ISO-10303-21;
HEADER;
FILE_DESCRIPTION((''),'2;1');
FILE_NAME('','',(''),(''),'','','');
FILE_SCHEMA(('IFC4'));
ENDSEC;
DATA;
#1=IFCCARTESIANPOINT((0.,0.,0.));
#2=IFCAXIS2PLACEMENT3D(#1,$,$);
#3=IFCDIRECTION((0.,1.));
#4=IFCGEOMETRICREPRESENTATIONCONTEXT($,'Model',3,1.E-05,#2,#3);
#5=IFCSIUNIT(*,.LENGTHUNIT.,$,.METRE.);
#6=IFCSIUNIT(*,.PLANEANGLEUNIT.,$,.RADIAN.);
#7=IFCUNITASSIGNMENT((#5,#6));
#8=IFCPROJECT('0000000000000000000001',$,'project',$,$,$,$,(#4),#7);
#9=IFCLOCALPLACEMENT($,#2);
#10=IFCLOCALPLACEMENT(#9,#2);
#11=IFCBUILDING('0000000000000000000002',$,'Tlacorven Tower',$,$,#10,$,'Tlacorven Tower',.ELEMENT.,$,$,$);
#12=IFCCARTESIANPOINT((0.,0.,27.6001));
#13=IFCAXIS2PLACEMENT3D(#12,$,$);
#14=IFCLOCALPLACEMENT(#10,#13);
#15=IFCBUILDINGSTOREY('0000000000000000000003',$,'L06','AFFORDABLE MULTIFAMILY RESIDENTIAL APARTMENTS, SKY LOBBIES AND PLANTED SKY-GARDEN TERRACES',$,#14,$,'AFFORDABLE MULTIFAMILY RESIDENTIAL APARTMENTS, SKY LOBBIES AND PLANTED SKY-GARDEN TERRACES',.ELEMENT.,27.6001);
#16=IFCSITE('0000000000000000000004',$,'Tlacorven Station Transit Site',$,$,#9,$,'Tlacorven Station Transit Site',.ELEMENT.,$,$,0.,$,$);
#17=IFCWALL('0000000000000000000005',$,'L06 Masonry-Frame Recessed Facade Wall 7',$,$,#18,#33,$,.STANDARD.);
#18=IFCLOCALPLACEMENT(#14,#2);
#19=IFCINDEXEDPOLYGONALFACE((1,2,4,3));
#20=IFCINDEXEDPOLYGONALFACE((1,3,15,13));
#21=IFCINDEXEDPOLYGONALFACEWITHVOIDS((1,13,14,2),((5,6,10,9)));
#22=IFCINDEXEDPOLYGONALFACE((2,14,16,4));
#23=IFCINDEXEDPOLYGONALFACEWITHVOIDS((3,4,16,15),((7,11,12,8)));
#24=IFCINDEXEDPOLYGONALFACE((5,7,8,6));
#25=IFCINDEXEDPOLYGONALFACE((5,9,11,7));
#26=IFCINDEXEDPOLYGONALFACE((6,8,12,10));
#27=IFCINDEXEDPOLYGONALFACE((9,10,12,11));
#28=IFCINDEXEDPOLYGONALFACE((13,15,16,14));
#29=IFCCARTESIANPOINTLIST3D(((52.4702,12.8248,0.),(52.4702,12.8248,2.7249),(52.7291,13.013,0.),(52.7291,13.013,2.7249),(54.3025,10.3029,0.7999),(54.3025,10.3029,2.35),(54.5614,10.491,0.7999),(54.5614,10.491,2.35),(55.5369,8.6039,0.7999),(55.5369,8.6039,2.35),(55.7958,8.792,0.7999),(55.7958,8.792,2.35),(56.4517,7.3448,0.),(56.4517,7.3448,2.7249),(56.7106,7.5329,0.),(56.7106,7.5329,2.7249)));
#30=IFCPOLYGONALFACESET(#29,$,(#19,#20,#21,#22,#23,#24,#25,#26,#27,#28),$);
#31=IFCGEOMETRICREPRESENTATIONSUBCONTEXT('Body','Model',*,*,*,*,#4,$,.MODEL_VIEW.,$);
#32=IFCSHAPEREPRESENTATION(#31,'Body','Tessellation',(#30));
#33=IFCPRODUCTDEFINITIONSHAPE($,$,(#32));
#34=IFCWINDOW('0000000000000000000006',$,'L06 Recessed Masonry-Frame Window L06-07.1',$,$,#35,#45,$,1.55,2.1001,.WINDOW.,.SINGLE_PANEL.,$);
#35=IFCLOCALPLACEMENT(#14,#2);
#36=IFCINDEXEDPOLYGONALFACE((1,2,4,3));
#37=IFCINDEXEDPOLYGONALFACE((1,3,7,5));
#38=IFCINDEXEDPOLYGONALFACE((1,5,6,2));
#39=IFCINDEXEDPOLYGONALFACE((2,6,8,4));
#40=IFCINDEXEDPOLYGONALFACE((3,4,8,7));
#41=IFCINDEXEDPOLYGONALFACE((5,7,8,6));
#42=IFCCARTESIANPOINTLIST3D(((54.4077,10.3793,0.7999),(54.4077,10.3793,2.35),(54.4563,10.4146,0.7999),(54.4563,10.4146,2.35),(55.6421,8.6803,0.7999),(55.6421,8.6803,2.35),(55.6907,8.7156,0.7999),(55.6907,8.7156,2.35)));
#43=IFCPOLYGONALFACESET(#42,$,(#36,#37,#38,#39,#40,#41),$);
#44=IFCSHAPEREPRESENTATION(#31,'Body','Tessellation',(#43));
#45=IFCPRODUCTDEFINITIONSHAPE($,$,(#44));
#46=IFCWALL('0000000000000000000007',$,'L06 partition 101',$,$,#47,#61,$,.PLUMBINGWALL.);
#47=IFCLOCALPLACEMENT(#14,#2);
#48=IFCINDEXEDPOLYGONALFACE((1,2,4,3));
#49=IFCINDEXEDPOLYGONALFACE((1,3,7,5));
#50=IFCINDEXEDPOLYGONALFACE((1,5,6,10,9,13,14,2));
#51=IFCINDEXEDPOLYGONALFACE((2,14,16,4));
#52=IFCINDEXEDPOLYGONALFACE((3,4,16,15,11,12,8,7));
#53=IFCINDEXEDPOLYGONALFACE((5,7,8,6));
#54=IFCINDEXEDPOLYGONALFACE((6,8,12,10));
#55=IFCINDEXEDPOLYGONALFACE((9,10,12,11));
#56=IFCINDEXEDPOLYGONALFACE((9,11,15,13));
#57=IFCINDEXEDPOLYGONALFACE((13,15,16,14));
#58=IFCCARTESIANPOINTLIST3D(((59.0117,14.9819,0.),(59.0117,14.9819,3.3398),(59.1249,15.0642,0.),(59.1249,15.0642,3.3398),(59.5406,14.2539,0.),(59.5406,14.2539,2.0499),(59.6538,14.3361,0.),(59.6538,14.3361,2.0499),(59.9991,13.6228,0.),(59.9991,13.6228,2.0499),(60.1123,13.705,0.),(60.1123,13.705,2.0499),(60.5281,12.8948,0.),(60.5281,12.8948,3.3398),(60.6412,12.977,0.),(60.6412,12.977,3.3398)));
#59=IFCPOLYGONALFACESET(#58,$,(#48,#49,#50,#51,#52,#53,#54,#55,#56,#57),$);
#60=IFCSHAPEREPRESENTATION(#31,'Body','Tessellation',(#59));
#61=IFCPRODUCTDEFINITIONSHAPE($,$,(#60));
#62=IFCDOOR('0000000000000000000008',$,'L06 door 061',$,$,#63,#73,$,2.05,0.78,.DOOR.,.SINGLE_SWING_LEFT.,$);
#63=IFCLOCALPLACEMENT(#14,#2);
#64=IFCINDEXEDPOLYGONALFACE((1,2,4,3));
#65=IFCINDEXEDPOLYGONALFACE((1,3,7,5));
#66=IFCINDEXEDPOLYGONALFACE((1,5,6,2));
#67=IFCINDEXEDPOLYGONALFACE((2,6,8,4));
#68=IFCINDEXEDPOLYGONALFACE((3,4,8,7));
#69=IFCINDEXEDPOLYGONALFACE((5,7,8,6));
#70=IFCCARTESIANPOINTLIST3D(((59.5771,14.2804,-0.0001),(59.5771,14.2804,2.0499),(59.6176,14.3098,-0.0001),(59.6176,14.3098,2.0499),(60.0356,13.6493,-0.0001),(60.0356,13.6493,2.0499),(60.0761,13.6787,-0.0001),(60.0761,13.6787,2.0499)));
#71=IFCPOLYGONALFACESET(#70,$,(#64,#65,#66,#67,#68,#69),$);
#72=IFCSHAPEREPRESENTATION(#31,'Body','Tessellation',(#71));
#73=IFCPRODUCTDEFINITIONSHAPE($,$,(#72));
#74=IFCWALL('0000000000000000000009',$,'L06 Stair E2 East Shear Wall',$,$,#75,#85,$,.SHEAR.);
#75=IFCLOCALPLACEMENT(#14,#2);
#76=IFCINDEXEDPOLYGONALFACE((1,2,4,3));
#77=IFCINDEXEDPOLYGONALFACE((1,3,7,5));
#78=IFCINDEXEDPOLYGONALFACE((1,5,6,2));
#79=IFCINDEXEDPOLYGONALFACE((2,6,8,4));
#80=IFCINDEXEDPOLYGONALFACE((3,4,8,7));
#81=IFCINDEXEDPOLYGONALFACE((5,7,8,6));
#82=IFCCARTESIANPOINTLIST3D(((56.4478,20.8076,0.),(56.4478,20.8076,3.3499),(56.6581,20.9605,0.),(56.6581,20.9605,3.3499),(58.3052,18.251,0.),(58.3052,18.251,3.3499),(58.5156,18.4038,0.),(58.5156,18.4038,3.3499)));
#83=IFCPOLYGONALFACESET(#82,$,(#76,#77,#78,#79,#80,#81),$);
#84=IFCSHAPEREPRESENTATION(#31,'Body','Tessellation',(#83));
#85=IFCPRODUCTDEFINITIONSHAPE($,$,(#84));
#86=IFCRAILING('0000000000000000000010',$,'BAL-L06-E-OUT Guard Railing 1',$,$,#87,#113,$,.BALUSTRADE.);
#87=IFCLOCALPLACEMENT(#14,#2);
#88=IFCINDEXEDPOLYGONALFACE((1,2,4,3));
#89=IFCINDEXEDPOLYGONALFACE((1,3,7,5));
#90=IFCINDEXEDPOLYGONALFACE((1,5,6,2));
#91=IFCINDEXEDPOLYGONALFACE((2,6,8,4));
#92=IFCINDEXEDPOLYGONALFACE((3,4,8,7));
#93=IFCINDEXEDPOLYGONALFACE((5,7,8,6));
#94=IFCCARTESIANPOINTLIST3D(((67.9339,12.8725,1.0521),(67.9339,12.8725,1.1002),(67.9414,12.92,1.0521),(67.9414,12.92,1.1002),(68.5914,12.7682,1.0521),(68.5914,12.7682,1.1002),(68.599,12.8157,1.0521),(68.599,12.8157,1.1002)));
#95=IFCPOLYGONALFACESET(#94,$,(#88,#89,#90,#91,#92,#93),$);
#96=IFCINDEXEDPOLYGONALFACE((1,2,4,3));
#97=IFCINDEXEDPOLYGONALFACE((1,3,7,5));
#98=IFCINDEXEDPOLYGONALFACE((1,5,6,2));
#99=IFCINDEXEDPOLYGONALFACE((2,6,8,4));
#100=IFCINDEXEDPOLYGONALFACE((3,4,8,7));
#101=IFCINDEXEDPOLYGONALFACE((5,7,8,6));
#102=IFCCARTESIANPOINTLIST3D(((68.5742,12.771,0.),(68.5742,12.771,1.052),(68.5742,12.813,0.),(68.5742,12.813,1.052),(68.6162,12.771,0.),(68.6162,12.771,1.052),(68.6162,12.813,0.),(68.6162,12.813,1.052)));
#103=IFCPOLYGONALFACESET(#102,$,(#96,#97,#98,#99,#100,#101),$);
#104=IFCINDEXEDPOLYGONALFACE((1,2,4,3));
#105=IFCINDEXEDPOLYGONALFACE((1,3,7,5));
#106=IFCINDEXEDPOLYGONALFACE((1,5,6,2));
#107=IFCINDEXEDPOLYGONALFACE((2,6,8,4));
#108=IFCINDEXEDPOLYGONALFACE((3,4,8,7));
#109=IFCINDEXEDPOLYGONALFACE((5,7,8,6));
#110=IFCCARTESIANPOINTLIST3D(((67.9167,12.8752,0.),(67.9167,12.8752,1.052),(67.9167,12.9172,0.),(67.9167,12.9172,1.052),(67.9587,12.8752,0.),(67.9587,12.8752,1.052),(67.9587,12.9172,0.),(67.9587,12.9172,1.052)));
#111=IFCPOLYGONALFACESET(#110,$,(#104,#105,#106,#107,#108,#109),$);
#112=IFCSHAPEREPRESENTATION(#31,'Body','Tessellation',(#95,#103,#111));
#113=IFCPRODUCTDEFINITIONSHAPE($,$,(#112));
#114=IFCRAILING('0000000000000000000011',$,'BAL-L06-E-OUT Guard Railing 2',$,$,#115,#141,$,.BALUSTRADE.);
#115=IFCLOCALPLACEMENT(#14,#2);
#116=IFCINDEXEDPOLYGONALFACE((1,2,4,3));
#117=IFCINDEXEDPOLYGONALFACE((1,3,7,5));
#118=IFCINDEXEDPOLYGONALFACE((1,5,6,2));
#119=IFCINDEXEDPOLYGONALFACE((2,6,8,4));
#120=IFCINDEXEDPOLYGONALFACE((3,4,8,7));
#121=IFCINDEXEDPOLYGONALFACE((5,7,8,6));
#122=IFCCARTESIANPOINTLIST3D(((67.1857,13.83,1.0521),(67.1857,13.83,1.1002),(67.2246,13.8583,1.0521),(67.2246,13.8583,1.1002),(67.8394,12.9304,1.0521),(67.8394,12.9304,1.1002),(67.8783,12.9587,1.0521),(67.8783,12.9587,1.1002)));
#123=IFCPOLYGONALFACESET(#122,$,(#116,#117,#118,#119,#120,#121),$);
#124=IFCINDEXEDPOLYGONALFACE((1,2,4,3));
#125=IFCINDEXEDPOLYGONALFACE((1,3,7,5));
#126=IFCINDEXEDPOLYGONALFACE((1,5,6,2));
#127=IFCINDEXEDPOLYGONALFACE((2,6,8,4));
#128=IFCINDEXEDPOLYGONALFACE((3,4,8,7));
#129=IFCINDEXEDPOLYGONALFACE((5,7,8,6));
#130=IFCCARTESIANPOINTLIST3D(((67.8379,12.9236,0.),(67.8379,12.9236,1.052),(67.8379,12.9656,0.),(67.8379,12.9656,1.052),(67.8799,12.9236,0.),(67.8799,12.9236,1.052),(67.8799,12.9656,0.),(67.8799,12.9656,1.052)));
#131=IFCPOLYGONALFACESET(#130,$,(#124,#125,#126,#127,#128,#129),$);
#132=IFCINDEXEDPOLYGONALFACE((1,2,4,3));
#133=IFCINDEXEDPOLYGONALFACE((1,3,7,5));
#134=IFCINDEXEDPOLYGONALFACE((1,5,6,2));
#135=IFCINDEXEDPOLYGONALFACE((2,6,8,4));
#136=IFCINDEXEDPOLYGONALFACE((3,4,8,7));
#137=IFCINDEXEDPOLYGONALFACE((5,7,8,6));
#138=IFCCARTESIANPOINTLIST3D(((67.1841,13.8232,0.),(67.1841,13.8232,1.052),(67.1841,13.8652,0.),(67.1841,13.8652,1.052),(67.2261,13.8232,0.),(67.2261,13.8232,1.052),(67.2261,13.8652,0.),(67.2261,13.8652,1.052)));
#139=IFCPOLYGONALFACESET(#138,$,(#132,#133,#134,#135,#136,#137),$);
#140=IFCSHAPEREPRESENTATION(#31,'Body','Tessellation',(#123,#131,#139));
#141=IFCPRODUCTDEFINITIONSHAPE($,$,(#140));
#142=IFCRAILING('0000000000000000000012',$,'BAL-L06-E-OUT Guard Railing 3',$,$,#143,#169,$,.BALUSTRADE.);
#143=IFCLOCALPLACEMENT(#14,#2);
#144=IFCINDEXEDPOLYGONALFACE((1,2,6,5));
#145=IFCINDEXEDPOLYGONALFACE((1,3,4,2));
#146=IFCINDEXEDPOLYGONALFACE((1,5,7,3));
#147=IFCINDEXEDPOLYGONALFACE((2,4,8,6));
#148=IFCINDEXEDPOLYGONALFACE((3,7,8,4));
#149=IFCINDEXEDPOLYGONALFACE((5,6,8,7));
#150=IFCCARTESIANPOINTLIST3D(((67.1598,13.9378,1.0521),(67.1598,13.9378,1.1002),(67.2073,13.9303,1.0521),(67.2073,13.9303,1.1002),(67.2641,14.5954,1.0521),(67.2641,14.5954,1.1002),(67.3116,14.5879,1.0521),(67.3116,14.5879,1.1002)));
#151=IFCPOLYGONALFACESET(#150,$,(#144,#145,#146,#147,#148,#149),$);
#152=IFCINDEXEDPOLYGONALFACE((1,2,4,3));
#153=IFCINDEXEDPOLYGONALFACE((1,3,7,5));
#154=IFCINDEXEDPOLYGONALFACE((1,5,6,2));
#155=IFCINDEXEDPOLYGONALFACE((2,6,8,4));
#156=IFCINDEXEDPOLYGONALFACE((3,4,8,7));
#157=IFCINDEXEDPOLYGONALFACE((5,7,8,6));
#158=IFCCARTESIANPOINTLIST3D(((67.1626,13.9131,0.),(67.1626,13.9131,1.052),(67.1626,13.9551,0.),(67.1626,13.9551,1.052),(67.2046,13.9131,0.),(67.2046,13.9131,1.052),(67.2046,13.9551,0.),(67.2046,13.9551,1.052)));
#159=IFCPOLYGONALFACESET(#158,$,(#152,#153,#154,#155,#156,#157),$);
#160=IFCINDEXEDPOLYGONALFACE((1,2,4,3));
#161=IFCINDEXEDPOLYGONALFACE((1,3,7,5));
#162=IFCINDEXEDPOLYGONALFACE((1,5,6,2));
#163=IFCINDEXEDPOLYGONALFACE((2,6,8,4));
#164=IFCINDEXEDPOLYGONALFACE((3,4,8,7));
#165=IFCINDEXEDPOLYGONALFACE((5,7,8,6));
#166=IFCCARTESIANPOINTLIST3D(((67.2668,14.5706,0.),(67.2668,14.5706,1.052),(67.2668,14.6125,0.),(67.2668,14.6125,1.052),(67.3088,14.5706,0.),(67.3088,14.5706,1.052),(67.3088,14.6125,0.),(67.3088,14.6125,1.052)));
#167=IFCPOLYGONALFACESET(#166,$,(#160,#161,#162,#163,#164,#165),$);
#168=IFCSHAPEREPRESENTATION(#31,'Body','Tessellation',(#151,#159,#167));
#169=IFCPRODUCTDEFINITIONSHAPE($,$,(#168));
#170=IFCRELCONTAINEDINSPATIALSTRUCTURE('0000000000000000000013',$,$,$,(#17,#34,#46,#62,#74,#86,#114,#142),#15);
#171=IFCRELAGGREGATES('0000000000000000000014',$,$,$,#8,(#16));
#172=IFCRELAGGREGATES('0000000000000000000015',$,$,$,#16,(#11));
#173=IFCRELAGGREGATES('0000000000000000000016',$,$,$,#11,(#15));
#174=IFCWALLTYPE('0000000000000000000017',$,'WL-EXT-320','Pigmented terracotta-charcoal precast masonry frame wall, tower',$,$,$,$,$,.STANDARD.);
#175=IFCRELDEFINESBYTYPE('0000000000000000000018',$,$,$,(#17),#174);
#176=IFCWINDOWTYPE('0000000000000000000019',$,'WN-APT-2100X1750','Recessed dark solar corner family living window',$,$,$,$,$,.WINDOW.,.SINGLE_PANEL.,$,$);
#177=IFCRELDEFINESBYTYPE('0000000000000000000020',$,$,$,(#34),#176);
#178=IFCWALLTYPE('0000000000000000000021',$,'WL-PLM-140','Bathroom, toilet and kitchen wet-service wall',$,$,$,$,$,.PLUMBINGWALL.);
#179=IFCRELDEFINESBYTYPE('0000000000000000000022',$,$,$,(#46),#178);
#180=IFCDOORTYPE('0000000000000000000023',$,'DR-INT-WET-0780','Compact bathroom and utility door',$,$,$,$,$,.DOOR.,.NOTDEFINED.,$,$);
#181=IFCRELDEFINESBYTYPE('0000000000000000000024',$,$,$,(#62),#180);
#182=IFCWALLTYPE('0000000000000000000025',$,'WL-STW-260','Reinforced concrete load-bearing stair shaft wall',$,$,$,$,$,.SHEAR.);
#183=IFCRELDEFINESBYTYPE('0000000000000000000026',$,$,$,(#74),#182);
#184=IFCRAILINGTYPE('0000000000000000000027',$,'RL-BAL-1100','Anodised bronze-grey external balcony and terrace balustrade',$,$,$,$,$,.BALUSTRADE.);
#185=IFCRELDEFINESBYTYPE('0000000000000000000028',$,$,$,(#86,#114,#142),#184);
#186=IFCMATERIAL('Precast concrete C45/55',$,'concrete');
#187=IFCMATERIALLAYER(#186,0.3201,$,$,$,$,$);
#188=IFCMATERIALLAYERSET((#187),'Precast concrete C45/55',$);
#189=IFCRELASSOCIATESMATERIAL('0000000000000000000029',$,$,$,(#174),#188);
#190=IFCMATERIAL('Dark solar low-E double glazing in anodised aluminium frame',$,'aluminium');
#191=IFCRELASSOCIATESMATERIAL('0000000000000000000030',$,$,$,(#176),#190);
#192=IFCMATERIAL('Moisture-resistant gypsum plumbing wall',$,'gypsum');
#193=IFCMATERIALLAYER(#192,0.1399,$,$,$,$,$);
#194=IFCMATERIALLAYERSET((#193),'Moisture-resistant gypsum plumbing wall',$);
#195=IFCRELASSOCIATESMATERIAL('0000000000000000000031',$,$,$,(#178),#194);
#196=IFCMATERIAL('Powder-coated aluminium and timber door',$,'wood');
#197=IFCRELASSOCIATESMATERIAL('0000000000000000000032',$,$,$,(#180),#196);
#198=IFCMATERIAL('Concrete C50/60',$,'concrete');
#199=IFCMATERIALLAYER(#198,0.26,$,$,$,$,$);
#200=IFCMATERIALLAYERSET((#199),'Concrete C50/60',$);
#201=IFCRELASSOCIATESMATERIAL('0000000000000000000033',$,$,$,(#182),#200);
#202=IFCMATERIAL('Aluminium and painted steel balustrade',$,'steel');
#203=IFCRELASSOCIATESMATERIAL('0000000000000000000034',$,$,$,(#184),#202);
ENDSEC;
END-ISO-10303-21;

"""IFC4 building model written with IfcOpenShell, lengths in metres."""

from ifc_helpers import new_model, si_unit, direction, frame, frame_2d, origin, origin_2d, place, context, subcontext, project, spatial, rectangle, extrude, source, transform, mapped, material, layer, layer_set, type_object, element, fill, save


model = new_model("IFC4")

# Units and contexts
model_context = context("Model", 3, precision=1e-05, world=origin(), true_north=direction((0.0, 1.0)))
body_context = subcontext(model_context, "Body", "Model", "MODEL_VIEW")
ifc_project = project(units=[si_unit("LENGTHUNIT", "METRE"), si_unit("PLANEANGLEUNIT", "RADIAN")], contexts=[model_context])

# Site, building, storey
site_placement = place(None, origin())
site = spatial("IfcSite", under=ifc_project, at=site_placement, Name="Tlacorven Station Transit Site", LongName="Tlacorven Station Transit Site", CompositionType="ELEMENT", RefElevation=0.0)
building_placement = place(site_placement, origin())
building = spatial("IfcBuilding", under=site, at=building_placement, Name="Tlacorven Tower", LongName="Tlacorven Tower", CompositionType="ELEMENT")
storey_placement = place(building_placement, frame((0.0, 0.0, 27.6001)))
storey = spatial("IfcBuildingStorey", under=building, at=storey_placement, Name="L06", Description="AFFORDABLE MULTIFAMILY RESIDENTIAL APARTMENTS, SKY LOBBIES AND PLANTED SKY-GARDEN TERRACES", LongName="AFFORDABLE MULTIFAMILY RESIDENTIAL APARTMENTS, SKY LOBBIES AND PLANTED SKY-GARDEN TERRACES", CompositionType="ELEMENT", Elevation=27.6001)

# Shared definitions
ifc_material_1 = material(Name="Precast concrete C45/55", Category="concrete")
ifc_layer_1 = layer(ifc_material_1, 0.3201)
ifc_layer_set_1 = layer_set([ifc_layer_1], Name="Precast concrete C45/55")
wall_type_1 = type_object("IfcWallType", Name="WL-EXT-320", Description="Pigmented terracotta-charcoal precast masonry frame wall, tower", PredefinedType="STANDARD", material=ifc_layer_set_1)
ifc_material_2 = material(Name="Powder-coated aluminium and timber door", Category="wood")
ifc_material_3 = material(Name="Dark solar low-E double glazing in anodised aluminium frame", Category="aluminium")

# Wall, opening, window
wall_1_placement = place(storey_placement, frame((56.5811, 7.439, 0.0), z_axis=(0.0, 0.0, 1.0), x_axis=(-0.587786, 0.809017, 0.0)))
wall_1 = element("IfcWall", 1, at=wall_1_placement, inside=storey, type_object=wall_type_1, Name="L06 Masonry-Frame Recessed Facade Wall 7", PredefinedType="STANDARD", context=body_context, shape_type="SweptSolid", body=[
    extrude(rectangle(XDim=6.7737, YDim=0.3201, at=frame_2d((3.3867, 0.0))), origin(), (0.0, 0.0, 1.0), 2.7249),
])
opening_1_placement = place(wall_1_placement, frame((1.5562, 0.0, 0.8)))
opening_1 = element("IfcOpeningElement", 2, at=opening_1_placement, cuts=wall_1, PredefinedType="OPENING", context=body_context, shape_type="SweptSolid", body=[
    extrude(rectangle(XDim=2.1001, YDim=1.55, at=frame_2d((1.05, 0.7749))), frame((0.0, 0.1699, 0.0), z_axis=(0.0, -1.0, 0.0), x_axis=(1.0, 0.0, 0.0)), (0.0, 0.0, 1.0), 0.3401),
])
window_type_1 = type_object("IfcWindowType", Name="WN-APT-2100X1750", Description="Recessed dark solar corner family living window", PartitioningType="SINGLE_PANEL", PredefinedType="WINDOW", material=ifc_material_3)
shared_shape_1 = source(origin(), body_context, "Body", "SweptSolid", [
    extrude(rectangle(XDim=2.1001, YDim=1.55, at=frame_2d((1.05, 0.7749))), frame((0.0, 0.03, 0.0), z_axis=(0.0, -1.0, 0.0), x_axis=(1.0, 0.0, 0.0)), (0.0, 0.0, 1.0), 0.0601),
])
window_1_placement = place(opening_1_placement, origin())
window_1 = element("IfcWindow", 3, at=window_1_placement, inside=storey, type_object=window_type_1, Name="L06 Recessed Masonry-Frame Window L06-07.1", OverallHeight=1.55, OverallWidth=2.1001, PartitioningType="SINGLE_PANEL", PredefinedType="WINDOW", context=body_context, shape_type="MappedRepresentation", body=[
    mapped(shared_shape_1, transform((0.0, 0.0, 0.0), scale=1.0)),
])
fill(opening_1, window_1)

# Wall, opening, door
ifc_material_4 = material(Name="Moisture-resistant gypsum plumbing wall", Category="gypsum")
ifc_layer_2 = layer(ifc_material_4, 0.1399)
ifc_layer_set_2 = layer_set([ifc_layer_2], Name="Moisture-resistant gypsum plumbing wall")
wall_type_2 = type_object("IfcWallType", Name="WL-PLM-140", Description="Bathroom, toilet and kitchen wet-service wall", PredefinedType="PLUMBINGWALL", material=ifc_layer_set_2)
wall_2_placement = place(storey_placement, frame((60.5847, 12.9358, 0.0), z_axis=(0.0, 0.0, 1.0), x_axis=(-0.587772, 0.809027, 0.0)))
wall_2 = element("IfcWall", 4, at=wall_2_placement, inside=storey, type_object=wall_type_2, Name="L06 partition 101", PredefinedType="PLUMBINGWALL", context=body_context, shape_type="SweptSolid", body=[
    extrude(rectangle(XDim=2.5798, YDim=0.1399, at=frame_2d((1.29, 0.0))), origin(), (0.0, 0.0, 1.0), 3.3398),
])
opening_2_placement = place(wall_2_placement, frame((0.8999, 0.0, 0.0)))
opening_2 = element("IfcOpeningElement", 5, at=opening_2_placement, cuts=wall_2, PredefinedType="OPENING", context=body_context, shape_type="SweptSolid", body=[
    extrude(rectangle(XDim=0.78, YDim=2.05, at=frame_2d((0.3901, 1.0249))), frame((0.0, 0.0801, 0.0), z_axis=(0.0, -1.0, 0.0), x_axis=(1.0, 0.0, 0.0)), (0.0, 0.0, 1.0), 0.1599),
])
door_type_1 = type_object("IfcDoorType", Name="DR-INT-WET-0780", Description="Compact bathroom and utility door", OperationType="NOTDEFINED", PredefinedType="DOOR", material=ifc_material_2)
shared_shape_2 = source(origin(), body_context, "Body", "SweptSolid", [
    extrude(rectangle(XDim=0.78, YDim=2.05, at=frame_2d((0.3901, 1.0249))), frame((0.0, 0.0249, 0.0), z_axis=(0.0, -1.0, 0.0), x_axis=(1.0, 0.0, 0.0)), (0.0, 0.0, 1.0), 0.05),
])
door_1_placement = place(opening_2_placement, origin())
door_1 = element("IfcDoor", 6, at=door_1_placement, inside=storey, type_object=door_type_1, Name="L06 door 061", OperationType="SINGLE_SWING_LEFT", OverallHeight=2.05, OverallWidth=0.78, PredefinedType="DOOR", context=body_context, shape_type="MappedRepresentation", body=[
    mapped(shared_shape_2, transform((0.0, 0.0, 0.0), scale=1.0)),
])
fill(opening_2, door_1)

# Wall
ifc_material_5 = material(Name="Concrete C50/60", Category="concrete")
ifc_layer_3 = layer(ifc_material_5, 0.26)
ifc_layer_set_3 = layer_set([ifc_layer_3], Name="Concrete C50/60")
wall_type_3 = type_object("IfcWallType", Name="WL-STW-260", Description="Reinforced concrete load-bearing stair shaft wall", PredefinedType="SHEAR", material=ifc_layer_set_3)
wall_3_placement = place(storey_placement, frame((58.4104, 18.3274, 0.0), z_axis=(0.0, 0.0, 1.0), x_axis=(-0.587767, 0.80903, 0.0)))
element("IfcWall", 7, at=wall_3_placement, inside=storey, type_object=wall_type_3, Name="L06 Stair E2 East Shear Wall", PredefinedType="SHEAR", context=body_context, shape_type="SweptSolid", body=[
    extrude(rectangle(XDim=3.1602, YDim=0.26, at=frame_2d((1.5801, 0.0))), origin(), (0.0, 0.0, 1.0), 3.3499),
])

# Railings
ifc_material_6 = material(Name="Aluminium and painted steel balustrade", Category="steel")
railing_type = type_object("IfcRailingType", Name="RL-BAL-1100", Description="Anodised bronze-grey external balcony and terrace balustrade", PredefinedType="BALUSTRADE", material=ifc_material_6)
shared_shape_3 = source(origin(), body_context, "Body", "SweptSolid", [
    extrude(rectangle(XDim=0.0481, YDim=0.0481, at=origin_2d()), frame((0.0, 0.0, 1.0762), z_axis=(-0.987662, 0.156603, 0.0), x_axis=(-0.156603, -0.987662, 0.0)), (0.0, 0.0, 1.0), 0.6658),
    extrude(rectangle(XDim=0.042, YDim=0.042, at=origin_2d()), origin(), (0.0, 0.0, 1.0), 1.052),
    extrude(rectangle(XDim=0.042, YDim=0.042, at=origin_2d()), frame((-0.6575, 0.1042, 0.0)), (0.0, 0.0, 1.0), 1.052),
])
railing_1_placement = place(storey_placement, frame((68.5952, 12.792, 0.0)))
element("IfcRailing", 8, at=railing_1_placement, inside=storey, type_object=railing_type, Name="BAL-L06-E-OUT Guard Railing 1", PredefinedType="BALUSTRADE", context=body_context, shape_type="MappedRepresentation", body=[
    mapped(shared_shape_3, transform((0.0, 0.0, 0.0), scale=1.0)),
])
shared_shape_4 = source(origin(), body_context, "Body", "SweptSolid", [
    extrude(rectangle(XDim=0.0481, YDim=0.0481, at=origin_2d()), frame((0.0, 0.0, 1.0762), z_axis=(-0.587884, 0.808945, 0.0), x_axis=(-0.808945, -0.587884, 0.0)), (0.0, 0.0, 1.0), 1.1121),
    extrude(rectangle(XDim=0.042, YDim=0.042, at=origin_2d()), origin(), (0.0, 0.0, 1.0), 1.052),
    extrude(rectangle(XDim=0.042, YDim=0.042, at=origin_2d()), frame((-0.6538, 0.8997, 0.0)), (0.0, 0.0, 1.0), 1.052),
])
railing_2_placement = place(storey_placement, frame((67.8589, 12.9446, 0.0)))
element("IfcRailing", 9, at=railing_2_placement, inside=storey, type_object=railing_type, Name="BAL-L06-E-OUT Guard Railing 2", PredefinedType="BALUSTRADE", context=body_context, shape_type="MappedRepresentation", body=[
    mapped(shared_shape_4, transform((0.0, 0.0, 0.0), scale=1.0)),
])
shared_shape_5 = source(origin(), body_context, "Body", "SweptSolid", [
    extrude(rectangle(XDim=0.0481, YDim=0.0481, at=origin_2d()), frame((0.0, 0.0, 1.0762), z_axis=(0.156603, 0.987662, 0.0), x_axis=(-0.987662, 0.156603, 0.0)), (0.0, 0.0, 1.0), 0.6658),
    extrude(rectangle(XDim=0.042, YDim=0.042, at=origin_2d()), origin(), (0.0, 0.0, 1.0), 1.052),
    extrude(rectangle(XDim=0.042, YDim=0.042, at=origin_2d()), frame((0.1042, 0.6575, 0.0)), (0.0, 0.0, 1.0), 1.052),
])
railing_3_placement = place(storey_placement, frame((67.1836, 13.9341, 0.0)))
element("IfcRailing", 10, at=railing_3_placement, inside=storey, type_object=railing_type, Name="BAL-L06-E-OUT Guard Railing 3", PredefinedType="BALUSTRADE", context=body_context, shape_type="MappedRepresentation", body=[
    mapped(shared_shape_5, transform((0.0, 0.0, 0.0), scale=1.0)),
])

save(model, "model.ifc")
